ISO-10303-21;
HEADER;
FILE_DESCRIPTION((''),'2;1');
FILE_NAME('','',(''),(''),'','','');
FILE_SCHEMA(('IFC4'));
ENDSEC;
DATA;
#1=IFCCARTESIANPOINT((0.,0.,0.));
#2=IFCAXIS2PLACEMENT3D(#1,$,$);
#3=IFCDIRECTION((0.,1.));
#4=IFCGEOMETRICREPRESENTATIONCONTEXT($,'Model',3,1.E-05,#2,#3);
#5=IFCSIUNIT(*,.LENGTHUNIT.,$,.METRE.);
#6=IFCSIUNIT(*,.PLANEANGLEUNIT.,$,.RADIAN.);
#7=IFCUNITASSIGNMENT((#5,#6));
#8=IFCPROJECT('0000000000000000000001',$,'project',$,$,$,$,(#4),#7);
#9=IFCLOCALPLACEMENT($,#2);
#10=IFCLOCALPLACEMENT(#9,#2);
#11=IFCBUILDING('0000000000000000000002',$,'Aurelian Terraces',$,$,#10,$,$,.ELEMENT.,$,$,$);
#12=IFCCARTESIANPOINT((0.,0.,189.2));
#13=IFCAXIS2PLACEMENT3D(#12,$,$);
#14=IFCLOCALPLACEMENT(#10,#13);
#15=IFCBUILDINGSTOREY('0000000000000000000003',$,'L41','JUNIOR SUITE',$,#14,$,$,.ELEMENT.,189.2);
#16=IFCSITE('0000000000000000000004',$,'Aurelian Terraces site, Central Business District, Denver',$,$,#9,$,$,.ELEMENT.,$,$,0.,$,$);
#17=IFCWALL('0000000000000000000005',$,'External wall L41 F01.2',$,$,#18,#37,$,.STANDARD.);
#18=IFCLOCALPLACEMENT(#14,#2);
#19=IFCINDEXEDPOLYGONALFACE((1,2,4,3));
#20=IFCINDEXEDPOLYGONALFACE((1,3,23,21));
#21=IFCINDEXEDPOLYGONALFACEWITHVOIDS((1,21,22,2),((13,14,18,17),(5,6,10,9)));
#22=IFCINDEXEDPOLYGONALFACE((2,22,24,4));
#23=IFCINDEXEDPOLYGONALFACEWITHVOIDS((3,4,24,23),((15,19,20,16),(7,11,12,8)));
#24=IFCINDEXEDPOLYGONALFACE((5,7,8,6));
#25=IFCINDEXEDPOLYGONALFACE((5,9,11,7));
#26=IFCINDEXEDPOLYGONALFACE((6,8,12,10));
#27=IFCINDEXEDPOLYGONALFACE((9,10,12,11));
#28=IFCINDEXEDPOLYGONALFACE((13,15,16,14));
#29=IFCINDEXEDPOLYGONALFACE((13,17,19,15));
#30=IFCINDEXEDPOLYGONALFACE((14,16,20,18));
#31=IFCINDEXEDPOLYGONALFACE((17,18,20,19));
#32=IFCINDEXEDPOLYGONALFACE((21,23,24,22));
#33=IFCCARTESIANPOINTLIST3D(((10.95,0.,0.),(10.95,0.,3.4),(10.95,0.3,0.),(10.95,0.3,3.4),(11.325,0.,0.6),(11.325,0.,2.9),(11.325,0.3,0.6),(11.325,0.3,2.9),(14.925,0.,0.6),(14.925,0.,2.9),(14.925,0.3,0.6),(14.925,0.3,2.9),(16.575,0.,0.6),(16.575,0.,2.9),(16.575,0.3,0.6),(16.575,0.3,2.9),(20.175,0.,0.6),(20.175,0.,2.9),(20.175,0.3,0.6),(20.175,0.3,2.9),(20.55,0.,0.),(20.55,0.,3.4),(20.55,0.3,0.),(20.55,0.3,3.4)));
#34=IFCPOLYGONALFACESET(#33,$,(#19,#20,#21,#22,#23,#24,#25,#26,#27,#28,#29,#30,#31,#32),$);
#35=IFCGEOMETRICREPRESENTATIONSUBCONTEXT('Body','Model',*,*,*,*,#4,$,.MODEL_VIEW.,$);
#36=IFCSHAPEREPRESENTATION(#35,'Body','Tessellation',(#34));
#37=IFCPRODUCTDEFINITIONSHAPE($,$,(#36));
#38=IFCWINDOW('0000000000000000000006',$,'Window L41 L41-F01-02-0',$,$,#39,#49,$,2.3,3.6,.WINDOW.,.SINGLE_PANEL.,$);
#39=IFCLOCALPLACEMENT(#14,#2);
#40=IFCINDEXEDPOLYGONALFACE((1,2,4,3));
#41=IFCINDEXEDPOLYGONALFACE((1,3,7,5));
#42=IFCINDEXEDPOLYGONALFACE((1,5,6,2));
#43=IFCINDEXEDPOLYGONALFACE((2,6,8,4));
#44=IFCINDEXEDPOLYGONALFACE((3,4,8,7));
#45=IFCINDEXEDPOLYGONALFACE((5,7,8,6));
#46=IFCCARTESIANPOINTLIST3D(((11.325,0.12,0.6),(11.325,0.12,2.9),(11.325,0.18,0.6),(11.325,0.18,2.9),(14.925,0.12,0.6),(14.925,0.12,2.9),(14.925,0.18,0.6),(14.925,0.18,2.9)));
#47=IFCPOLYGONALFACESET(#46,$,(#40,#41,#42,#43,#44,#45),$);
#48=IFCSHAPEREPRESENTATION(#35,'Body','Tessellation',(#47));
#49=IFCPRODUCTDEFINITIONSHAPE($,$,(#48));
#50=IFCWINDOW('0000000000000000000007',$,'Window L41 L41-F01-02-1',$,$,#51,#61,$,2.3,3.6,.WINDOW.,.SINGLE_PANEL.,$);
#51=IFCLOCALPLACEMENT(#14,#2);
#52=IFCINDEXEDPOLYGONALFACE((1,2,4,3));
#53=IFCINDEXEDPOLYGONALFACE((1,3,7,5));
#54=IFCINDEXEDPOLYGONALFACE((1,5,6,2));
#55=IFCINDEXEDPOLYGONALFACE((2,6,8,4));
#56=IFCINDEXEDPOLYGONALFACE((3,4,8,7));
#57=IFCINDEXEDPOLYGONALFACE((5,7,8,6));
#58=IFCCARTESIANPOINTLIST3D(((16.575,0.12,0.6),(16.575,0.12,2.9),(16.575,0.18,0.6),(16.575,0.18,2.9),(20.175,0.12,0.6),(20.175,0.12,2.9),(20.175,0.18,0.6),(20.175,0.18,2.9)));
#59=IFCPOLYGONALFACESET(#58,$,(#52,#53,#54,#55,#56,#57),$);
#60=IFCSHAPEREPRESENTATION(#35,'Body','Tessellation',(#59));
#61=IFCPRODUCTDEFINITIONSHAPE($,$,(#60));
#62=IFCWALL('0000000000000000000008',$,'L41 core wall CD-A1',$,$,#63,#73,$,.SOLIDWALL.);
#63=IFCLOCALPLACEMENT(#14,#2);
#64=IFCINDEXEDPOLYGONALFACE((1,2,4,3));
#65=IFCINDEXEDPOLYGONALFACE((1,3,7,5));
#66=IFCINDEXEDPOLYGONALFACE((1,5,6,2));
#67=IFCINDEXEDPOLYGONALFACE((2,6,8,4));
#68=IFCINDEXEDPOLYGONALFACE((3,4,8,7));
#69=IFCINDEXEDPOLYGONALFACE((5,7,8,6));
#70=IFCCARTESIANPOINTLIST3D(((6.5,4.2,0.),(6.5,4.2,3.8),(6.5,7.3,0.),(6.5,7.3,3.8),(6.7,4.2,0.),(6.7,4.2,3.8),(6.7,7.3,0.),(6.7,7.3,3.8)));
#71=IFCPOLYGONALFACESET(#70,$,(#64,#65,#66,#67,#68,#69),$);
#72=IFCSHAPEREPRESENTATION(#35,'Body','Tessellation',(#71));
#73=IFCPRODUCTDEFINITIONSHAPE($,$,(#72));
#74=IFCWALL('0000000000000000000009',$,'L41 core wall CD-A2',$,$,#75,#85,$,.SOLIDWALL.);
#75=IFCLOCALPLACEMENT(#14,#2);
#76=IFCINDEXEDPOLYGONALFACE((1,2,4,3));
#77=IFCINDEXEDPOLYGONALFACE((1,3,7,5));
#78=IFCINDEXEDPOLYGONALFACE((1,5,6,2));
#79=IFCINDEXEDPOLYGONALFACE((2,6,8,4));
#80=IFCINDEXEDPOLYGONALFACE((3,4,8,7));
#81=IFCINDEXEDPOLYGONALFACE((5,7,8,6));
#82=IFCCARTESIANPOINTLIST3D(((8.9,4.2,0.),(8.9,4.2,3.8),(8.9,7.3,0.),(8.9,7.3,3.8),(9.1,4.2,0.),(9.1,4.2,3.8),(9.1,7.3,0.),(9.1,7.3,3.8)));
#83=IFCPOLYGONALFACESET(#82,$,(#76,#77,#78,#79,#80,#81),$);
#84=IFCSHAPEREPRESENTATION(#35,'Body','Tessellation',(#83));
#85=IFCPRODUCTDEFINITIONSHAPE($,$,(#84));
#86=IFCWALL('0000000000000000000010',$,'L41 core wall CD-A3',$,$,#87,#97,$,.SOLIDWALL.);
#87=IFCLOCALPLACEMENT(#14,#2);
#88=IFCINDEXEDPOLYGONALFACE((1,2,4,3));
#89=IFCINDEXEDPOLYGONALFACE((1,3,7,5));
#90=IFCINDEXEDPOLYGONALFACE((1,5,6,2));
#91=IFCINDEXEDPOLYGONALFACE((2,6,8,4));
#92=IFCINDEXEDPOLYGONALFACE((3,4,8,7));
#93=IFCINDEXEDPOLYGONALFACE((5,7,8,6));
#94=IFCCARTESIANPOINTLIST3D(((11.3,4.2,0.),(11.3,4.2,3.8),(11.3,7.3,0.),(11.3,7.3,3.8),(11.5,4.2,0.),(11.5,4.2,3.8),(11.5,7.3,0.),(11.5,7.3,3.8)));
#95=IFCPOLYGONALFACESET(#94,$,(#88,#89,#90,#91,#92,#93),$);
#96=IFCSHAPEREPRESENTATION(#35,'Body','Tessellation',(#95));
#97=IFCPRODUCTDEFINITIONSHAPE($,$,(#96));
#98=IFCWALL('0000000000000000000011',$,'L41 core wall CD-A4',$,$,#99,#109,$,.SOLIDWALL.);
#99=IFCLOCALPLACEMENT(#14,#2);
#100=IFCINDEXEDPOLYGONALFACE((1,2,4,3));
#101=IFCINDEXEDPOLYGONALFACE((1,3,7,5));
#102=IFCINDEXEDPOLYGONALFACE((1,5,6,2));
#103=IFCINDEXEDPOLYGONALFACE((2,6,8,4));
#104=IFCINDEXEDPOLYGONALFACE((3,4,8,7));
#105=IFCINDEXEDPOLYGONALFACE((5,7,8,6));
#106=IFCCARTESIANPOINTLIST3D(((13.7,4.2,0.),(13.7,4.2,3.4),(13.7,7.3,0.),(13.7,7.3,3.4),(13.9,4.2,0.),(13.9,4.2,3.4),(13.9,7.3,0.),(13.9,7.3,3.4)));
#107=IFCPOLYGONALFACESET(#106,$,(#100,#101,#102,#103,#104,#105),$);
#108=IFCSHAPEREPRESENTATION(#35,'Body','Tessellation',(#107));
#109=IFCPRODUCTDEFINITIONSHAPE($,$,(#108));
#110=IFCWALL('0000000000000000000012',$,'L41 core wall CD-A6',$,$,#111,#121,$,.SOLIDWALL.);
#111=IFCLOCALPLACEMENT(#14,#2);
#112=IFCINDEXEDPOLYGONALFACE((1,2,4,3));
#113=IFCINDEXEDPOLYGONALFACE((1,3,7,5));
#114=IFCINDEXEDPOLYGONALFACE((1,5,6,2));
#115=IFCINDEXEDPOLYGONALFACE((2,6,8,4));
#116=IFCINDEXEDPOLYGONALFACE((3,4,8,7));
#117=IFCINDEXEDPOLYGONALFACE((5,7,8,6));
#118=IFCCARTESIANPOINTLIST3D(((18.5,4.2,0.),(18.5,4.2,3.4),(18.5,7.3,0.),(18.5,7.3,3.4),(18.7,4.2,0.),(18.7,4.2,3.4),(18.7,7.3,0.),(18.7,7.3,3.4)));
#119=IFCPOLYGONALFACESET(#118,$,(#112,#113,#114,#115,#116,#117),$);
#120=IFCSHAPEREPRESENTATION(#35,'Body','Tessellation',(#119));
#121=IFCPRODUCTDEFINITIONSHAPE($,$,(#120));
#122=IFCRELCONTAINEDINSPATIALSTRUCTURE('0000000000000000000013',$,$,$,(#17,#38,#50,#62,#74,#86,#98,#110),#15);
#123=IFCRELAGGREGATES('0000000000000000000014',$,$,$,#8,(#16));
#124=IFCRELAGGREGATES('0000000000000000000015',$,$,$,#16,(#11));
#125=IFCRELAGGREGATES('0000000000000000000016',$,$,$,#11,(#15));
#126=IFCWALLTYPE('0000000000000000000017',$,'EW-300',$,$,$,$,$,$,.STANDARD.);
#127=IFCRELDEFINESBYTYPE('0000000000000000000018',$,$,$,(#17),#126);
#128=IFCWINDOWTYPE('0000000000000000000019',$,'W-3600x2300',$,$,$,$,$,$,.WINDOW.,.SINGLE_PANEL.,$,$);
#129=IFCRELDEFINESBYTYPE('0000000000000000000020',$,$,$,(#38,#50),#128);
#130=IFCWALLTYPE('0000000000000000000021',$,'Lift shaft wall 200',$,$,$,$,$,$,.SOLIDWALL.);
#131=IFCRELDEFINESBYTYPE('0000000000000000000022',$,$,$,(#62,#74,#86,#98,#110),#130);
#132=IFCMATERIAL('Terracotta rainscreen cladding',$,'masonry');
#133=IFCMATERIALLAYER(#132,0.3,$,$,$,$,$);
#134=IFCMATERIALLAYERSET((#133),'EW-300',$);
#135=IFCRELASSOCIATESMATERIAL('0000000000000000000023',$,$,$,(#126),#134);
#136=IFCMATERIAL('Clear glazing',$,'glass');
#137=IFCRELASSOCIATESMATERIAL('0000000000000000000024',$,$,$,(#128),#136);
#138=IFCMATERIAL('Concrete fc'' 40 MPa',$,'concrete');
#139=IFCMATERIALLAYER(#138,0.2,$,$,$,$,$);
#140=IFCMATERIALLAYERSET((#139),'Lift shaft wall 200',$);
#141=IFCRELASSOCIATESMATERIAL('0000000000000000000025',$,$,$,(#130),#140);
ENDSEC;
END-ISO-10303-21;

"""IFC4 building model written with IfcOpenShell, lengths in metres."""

from ifc_helpers import new_model, si_unit, direction, frame, frame_2d, origin, place, context, subcontext, project, spatial, rectangle, extrude, source, transform, mapped, material, layer, layer_set, type_object, element, fill, save


model = new_model("IFC4")

# Units and contexts
model_context = context("Model", 3, precision=1e-05, world=origin(), true_north=direction((0.0, 1.0)))
body_context = subcontext(model_context, "Body", "Model", "MODEL_VIEW")
ifc_project = project(units=[si_unit("LENGTHUNIT", "METRE"), si_unit("PLANEANGLEUNIT", "RADIAN")], contexts=[model_context])

# Site, building, storey
site_placement = place(None, origin())
site = spatial("IfcSite", under=ifc_project, at=site_placement, Name="Aurelian Terraces site, Central Business District, Denver", CompositionType="ELEMENT", RefElevation=0.0)
building_placement = place(site_placement, origin())
building = spatial("IfcBuilding", under=site, at=building_placement, Name="Aurelian Terraces", CompositionType="ELEMENT")
storey_placement = place(building_placement, frame((0.0, 0.0, 189.2)))
storey = spatial("IfcBuildingStorey", under=building, at=storey_placement, Name="L41", Description="JUNIOR SUITE", CompositionType="ELEMENT", Elevation=189.2)

# Shared definitions
ifc_material_1 = material(Name="Terracotta rainscreen cladding", Category="masonry")
ifc_layer_1 = layer(ifc_material_1, 0.3)
ifc_layer_set_1 = layer_set([ifc_layer_1], Name="EW-300")
wall_type_1 = type_object("IfcWallType", Name="EW-300", PredefinedType="STANDARD", material=ifc_layer_set_1)
ifc_material_2 = material(Name="Clear glazing", Category="glass")

# Wall, openings, windows
shared_shape_1 = source(origin(), body_context, "Body", "SweptSolid", [
    extrude(rectangle(XDim=9.6, YDim=0.3, at=frame_2d((4.8, 0.0))), origin(), (0.0, 0.0, 1.0), 3.4),
])
wall_1_placement = place(storey_placement, frame((10.95, 0.15, 0.0), z_axis=(0.0, 0.0, 1.0), x_axis=(1.0, 0.0, 0.0)))
wall_1 = element("IfcWall", 1, at=wall_1_placement, inside=storey, type_object=wall_type_1, Name="External wall L41 F01.2", PredefinedType="STANDARD", context=body_context, shape_type="MappedRepresentation", body=[
    mapped(shared_shape_1, transform((0.0, 0.0, 0.0), scale=1.0)),
])
shared_shape_2 = source(origin(), body_context, "Body", "SweptSolid", [
    extrude(rectangle(XDim=3.6, YDim=2.3, at=frame_2d((1.8, 1.15))), frame((0.0, 0.16, 0.0), z_axis=(0.0, -1.0, 0.0), x_axis=(1.0, 0.0, 0.0)), (0.0, 0.0, 1.0), 0.32),
])
opening_1_placement = place(wall_1_placement, frame((0.375, 0.0, 0.6)))
opening_1 = element("IfcOpeningElement", 2, at=opening_1_placement, cuts=wall_1, PredefinedType="OPENING", context=body_context, shape_type="MappedRepresentation", body=[
    mapped(shared_shape_2, transform((0.0, 0.0, 0.0), scale=1.0)),
])
opening_2_placement = place(wall_1_placement, frame((5.625, 0.0, 0.6)))
opening_2 = element("IfcOpeningElement", 3, at=opening_2_placement, cuts=wall_1, PredefinedType="OPENING", context=body_context, shape_type="MappedRepresentation", body=[
    mapped(shared_shape_2, transform((0.0, 0.0, 0.0), scale=1.0)),
])
window_type_1 = type_object("IfcWindowType", Name="W-3600x2300", PartitioningType="SINGLE_PANEL", PredefinedType="WINDOW", material=ifc_material_2)
shared_shape_3 = source(origin(), body_context, "Body", "SweptSolid", [
    extrude(rectangle(XDim=3.6, YDim=2.3, at=frame_2d((1.8, 1.15))), frame((0.0, 0.03, 0.0), z_axis=(0.0, -1.0, 0.0), x_axis=(1.0, 0.0, 0.0)), (0.0, 0.0, 1.0), 0.06),
])
window_1_placement = place(opening_1_placement, origin())
window_1 = element("IfcWindow", 4, at=window_1_placement, inside=storey, type_object=window_type_1, Name="Window L41 L41-F01-02-0", OverallHeight=2.3, OverallWidth=3.6, PartitioningType="SINGLE_PANEL", PredefinedType="WINDOW", context=body_context, shape_type="MappedRepresentation", body=[
    mapped(shared_shape_3, transform((0.0, 0.0, 0.0), scale=1.0)),
])
fill(opening_1, window_1)
window_2_placement = place(opening_2_placement, origin())
window_2 = element("IfcWindow", 5, at=window_2_placement, inside=storey, type_object=window_type_1, Name="Window L41 L41-F01-02-1", OverallHeight=2.3, OverallWidth=3.6, PartitioningType="SINGLE_PANEL", PredefinedType="WINDOW", context=body_context, shape_type="MappedRepresentation", body=[
    mapped(shared_shape_3, transform((0.0, 0.0, 0.0), scale=1.0)),
])
fill(opening_2, window_2)

# Walls
ifc_material_3 = material(Name="Concrete fc' 40 MPa", Category="concrete")
ifc_layer_2 = layer(ifc_material_3, 0.2)
ifc_layer_set_2 = layer_set([ifc_layer_2], Name="Lift shaft wall 200")
wall_type_2 = type_object("IfcWallType", Name="Lift shaft wall 200", PredefinedType="SOLIDWALL", material=ifc_layer_set_2)
shared_shape_4 = source(origin(), body_context, "Body", "SweptSolid", [
    extrude(rectangle(XDim=3.1, YDim=0.2, at=frame_2d((1.55, 0.0))), origin(), (0.0, 0.0, 1.0), 3.8),
])
for number, where, z_axis, x_axis, name in (
    (6, (6.6, 4.2, 0.0), (0.0, 0.0, 1.0), (0.0, 1.0, 0.0), "L41 core wall CD-A1"),
    (7, (9.0, 4.2, 0.0), (0.0, 0.0, 1.0), (0.0, 1.0, 0.0), "L41 core wall CD-A2"),
    (8, (11.4, 4.2, 0.0), (0.0, 0.0, 1.0), (0.0, 1.0, 0.0), "L41 core wall CD-A3"),
):
    element("IfcWall", number, at=place(storey_placement, frame(where, z_axis=z_axis, x_axis=x_axis)), inside=storey, type_object=wall_type_2, Name=name, PredefinedType="SOLIDWALL", context=body_context, shape_type="MappedRepresentation", body=[
        mapped(shared_shape_4, transform((0.0, 0.0, 0.0), scale=1.0)),
    ])
shared_shape_5 = source(origin(), body_context, "Body", "SweptSolid", [
    extrude(rectangle(XDim=3.1, YDim=0.2, at=frame_2d((1.55, 0.0))), origin(), (0.0, 0.0, 1.0), 3.4),
])
for number, where, z_axis, x_axis, name in (
    (9, (13.8, 4.2, 0.0), (0.0, 0.0, 1.0), (0.0, 1.0, 0.0), "L41 core wall CD-A4"),
    (10, (18.6, 4.2, 0.0), (0.0, 0.0, 1.0), (0.0, 1.0, 0.0), "L41 core wall CD-A6"),
):
    element("IfcWall", number, at=place(storey_placement, frame(where, z_axis=z_axis, x_axis=x_axis)), inside=storey, type_object=wall_type_2, Name=name, PredefinedType="SOLIDWALL", context=body_context, shape_type="MappedRepresentation", body=[
        mapped(shared_shape_5, transform((0.0, 0.0, 0.0), scale=1.0)),
    ])

save(model, "model.ifc")
